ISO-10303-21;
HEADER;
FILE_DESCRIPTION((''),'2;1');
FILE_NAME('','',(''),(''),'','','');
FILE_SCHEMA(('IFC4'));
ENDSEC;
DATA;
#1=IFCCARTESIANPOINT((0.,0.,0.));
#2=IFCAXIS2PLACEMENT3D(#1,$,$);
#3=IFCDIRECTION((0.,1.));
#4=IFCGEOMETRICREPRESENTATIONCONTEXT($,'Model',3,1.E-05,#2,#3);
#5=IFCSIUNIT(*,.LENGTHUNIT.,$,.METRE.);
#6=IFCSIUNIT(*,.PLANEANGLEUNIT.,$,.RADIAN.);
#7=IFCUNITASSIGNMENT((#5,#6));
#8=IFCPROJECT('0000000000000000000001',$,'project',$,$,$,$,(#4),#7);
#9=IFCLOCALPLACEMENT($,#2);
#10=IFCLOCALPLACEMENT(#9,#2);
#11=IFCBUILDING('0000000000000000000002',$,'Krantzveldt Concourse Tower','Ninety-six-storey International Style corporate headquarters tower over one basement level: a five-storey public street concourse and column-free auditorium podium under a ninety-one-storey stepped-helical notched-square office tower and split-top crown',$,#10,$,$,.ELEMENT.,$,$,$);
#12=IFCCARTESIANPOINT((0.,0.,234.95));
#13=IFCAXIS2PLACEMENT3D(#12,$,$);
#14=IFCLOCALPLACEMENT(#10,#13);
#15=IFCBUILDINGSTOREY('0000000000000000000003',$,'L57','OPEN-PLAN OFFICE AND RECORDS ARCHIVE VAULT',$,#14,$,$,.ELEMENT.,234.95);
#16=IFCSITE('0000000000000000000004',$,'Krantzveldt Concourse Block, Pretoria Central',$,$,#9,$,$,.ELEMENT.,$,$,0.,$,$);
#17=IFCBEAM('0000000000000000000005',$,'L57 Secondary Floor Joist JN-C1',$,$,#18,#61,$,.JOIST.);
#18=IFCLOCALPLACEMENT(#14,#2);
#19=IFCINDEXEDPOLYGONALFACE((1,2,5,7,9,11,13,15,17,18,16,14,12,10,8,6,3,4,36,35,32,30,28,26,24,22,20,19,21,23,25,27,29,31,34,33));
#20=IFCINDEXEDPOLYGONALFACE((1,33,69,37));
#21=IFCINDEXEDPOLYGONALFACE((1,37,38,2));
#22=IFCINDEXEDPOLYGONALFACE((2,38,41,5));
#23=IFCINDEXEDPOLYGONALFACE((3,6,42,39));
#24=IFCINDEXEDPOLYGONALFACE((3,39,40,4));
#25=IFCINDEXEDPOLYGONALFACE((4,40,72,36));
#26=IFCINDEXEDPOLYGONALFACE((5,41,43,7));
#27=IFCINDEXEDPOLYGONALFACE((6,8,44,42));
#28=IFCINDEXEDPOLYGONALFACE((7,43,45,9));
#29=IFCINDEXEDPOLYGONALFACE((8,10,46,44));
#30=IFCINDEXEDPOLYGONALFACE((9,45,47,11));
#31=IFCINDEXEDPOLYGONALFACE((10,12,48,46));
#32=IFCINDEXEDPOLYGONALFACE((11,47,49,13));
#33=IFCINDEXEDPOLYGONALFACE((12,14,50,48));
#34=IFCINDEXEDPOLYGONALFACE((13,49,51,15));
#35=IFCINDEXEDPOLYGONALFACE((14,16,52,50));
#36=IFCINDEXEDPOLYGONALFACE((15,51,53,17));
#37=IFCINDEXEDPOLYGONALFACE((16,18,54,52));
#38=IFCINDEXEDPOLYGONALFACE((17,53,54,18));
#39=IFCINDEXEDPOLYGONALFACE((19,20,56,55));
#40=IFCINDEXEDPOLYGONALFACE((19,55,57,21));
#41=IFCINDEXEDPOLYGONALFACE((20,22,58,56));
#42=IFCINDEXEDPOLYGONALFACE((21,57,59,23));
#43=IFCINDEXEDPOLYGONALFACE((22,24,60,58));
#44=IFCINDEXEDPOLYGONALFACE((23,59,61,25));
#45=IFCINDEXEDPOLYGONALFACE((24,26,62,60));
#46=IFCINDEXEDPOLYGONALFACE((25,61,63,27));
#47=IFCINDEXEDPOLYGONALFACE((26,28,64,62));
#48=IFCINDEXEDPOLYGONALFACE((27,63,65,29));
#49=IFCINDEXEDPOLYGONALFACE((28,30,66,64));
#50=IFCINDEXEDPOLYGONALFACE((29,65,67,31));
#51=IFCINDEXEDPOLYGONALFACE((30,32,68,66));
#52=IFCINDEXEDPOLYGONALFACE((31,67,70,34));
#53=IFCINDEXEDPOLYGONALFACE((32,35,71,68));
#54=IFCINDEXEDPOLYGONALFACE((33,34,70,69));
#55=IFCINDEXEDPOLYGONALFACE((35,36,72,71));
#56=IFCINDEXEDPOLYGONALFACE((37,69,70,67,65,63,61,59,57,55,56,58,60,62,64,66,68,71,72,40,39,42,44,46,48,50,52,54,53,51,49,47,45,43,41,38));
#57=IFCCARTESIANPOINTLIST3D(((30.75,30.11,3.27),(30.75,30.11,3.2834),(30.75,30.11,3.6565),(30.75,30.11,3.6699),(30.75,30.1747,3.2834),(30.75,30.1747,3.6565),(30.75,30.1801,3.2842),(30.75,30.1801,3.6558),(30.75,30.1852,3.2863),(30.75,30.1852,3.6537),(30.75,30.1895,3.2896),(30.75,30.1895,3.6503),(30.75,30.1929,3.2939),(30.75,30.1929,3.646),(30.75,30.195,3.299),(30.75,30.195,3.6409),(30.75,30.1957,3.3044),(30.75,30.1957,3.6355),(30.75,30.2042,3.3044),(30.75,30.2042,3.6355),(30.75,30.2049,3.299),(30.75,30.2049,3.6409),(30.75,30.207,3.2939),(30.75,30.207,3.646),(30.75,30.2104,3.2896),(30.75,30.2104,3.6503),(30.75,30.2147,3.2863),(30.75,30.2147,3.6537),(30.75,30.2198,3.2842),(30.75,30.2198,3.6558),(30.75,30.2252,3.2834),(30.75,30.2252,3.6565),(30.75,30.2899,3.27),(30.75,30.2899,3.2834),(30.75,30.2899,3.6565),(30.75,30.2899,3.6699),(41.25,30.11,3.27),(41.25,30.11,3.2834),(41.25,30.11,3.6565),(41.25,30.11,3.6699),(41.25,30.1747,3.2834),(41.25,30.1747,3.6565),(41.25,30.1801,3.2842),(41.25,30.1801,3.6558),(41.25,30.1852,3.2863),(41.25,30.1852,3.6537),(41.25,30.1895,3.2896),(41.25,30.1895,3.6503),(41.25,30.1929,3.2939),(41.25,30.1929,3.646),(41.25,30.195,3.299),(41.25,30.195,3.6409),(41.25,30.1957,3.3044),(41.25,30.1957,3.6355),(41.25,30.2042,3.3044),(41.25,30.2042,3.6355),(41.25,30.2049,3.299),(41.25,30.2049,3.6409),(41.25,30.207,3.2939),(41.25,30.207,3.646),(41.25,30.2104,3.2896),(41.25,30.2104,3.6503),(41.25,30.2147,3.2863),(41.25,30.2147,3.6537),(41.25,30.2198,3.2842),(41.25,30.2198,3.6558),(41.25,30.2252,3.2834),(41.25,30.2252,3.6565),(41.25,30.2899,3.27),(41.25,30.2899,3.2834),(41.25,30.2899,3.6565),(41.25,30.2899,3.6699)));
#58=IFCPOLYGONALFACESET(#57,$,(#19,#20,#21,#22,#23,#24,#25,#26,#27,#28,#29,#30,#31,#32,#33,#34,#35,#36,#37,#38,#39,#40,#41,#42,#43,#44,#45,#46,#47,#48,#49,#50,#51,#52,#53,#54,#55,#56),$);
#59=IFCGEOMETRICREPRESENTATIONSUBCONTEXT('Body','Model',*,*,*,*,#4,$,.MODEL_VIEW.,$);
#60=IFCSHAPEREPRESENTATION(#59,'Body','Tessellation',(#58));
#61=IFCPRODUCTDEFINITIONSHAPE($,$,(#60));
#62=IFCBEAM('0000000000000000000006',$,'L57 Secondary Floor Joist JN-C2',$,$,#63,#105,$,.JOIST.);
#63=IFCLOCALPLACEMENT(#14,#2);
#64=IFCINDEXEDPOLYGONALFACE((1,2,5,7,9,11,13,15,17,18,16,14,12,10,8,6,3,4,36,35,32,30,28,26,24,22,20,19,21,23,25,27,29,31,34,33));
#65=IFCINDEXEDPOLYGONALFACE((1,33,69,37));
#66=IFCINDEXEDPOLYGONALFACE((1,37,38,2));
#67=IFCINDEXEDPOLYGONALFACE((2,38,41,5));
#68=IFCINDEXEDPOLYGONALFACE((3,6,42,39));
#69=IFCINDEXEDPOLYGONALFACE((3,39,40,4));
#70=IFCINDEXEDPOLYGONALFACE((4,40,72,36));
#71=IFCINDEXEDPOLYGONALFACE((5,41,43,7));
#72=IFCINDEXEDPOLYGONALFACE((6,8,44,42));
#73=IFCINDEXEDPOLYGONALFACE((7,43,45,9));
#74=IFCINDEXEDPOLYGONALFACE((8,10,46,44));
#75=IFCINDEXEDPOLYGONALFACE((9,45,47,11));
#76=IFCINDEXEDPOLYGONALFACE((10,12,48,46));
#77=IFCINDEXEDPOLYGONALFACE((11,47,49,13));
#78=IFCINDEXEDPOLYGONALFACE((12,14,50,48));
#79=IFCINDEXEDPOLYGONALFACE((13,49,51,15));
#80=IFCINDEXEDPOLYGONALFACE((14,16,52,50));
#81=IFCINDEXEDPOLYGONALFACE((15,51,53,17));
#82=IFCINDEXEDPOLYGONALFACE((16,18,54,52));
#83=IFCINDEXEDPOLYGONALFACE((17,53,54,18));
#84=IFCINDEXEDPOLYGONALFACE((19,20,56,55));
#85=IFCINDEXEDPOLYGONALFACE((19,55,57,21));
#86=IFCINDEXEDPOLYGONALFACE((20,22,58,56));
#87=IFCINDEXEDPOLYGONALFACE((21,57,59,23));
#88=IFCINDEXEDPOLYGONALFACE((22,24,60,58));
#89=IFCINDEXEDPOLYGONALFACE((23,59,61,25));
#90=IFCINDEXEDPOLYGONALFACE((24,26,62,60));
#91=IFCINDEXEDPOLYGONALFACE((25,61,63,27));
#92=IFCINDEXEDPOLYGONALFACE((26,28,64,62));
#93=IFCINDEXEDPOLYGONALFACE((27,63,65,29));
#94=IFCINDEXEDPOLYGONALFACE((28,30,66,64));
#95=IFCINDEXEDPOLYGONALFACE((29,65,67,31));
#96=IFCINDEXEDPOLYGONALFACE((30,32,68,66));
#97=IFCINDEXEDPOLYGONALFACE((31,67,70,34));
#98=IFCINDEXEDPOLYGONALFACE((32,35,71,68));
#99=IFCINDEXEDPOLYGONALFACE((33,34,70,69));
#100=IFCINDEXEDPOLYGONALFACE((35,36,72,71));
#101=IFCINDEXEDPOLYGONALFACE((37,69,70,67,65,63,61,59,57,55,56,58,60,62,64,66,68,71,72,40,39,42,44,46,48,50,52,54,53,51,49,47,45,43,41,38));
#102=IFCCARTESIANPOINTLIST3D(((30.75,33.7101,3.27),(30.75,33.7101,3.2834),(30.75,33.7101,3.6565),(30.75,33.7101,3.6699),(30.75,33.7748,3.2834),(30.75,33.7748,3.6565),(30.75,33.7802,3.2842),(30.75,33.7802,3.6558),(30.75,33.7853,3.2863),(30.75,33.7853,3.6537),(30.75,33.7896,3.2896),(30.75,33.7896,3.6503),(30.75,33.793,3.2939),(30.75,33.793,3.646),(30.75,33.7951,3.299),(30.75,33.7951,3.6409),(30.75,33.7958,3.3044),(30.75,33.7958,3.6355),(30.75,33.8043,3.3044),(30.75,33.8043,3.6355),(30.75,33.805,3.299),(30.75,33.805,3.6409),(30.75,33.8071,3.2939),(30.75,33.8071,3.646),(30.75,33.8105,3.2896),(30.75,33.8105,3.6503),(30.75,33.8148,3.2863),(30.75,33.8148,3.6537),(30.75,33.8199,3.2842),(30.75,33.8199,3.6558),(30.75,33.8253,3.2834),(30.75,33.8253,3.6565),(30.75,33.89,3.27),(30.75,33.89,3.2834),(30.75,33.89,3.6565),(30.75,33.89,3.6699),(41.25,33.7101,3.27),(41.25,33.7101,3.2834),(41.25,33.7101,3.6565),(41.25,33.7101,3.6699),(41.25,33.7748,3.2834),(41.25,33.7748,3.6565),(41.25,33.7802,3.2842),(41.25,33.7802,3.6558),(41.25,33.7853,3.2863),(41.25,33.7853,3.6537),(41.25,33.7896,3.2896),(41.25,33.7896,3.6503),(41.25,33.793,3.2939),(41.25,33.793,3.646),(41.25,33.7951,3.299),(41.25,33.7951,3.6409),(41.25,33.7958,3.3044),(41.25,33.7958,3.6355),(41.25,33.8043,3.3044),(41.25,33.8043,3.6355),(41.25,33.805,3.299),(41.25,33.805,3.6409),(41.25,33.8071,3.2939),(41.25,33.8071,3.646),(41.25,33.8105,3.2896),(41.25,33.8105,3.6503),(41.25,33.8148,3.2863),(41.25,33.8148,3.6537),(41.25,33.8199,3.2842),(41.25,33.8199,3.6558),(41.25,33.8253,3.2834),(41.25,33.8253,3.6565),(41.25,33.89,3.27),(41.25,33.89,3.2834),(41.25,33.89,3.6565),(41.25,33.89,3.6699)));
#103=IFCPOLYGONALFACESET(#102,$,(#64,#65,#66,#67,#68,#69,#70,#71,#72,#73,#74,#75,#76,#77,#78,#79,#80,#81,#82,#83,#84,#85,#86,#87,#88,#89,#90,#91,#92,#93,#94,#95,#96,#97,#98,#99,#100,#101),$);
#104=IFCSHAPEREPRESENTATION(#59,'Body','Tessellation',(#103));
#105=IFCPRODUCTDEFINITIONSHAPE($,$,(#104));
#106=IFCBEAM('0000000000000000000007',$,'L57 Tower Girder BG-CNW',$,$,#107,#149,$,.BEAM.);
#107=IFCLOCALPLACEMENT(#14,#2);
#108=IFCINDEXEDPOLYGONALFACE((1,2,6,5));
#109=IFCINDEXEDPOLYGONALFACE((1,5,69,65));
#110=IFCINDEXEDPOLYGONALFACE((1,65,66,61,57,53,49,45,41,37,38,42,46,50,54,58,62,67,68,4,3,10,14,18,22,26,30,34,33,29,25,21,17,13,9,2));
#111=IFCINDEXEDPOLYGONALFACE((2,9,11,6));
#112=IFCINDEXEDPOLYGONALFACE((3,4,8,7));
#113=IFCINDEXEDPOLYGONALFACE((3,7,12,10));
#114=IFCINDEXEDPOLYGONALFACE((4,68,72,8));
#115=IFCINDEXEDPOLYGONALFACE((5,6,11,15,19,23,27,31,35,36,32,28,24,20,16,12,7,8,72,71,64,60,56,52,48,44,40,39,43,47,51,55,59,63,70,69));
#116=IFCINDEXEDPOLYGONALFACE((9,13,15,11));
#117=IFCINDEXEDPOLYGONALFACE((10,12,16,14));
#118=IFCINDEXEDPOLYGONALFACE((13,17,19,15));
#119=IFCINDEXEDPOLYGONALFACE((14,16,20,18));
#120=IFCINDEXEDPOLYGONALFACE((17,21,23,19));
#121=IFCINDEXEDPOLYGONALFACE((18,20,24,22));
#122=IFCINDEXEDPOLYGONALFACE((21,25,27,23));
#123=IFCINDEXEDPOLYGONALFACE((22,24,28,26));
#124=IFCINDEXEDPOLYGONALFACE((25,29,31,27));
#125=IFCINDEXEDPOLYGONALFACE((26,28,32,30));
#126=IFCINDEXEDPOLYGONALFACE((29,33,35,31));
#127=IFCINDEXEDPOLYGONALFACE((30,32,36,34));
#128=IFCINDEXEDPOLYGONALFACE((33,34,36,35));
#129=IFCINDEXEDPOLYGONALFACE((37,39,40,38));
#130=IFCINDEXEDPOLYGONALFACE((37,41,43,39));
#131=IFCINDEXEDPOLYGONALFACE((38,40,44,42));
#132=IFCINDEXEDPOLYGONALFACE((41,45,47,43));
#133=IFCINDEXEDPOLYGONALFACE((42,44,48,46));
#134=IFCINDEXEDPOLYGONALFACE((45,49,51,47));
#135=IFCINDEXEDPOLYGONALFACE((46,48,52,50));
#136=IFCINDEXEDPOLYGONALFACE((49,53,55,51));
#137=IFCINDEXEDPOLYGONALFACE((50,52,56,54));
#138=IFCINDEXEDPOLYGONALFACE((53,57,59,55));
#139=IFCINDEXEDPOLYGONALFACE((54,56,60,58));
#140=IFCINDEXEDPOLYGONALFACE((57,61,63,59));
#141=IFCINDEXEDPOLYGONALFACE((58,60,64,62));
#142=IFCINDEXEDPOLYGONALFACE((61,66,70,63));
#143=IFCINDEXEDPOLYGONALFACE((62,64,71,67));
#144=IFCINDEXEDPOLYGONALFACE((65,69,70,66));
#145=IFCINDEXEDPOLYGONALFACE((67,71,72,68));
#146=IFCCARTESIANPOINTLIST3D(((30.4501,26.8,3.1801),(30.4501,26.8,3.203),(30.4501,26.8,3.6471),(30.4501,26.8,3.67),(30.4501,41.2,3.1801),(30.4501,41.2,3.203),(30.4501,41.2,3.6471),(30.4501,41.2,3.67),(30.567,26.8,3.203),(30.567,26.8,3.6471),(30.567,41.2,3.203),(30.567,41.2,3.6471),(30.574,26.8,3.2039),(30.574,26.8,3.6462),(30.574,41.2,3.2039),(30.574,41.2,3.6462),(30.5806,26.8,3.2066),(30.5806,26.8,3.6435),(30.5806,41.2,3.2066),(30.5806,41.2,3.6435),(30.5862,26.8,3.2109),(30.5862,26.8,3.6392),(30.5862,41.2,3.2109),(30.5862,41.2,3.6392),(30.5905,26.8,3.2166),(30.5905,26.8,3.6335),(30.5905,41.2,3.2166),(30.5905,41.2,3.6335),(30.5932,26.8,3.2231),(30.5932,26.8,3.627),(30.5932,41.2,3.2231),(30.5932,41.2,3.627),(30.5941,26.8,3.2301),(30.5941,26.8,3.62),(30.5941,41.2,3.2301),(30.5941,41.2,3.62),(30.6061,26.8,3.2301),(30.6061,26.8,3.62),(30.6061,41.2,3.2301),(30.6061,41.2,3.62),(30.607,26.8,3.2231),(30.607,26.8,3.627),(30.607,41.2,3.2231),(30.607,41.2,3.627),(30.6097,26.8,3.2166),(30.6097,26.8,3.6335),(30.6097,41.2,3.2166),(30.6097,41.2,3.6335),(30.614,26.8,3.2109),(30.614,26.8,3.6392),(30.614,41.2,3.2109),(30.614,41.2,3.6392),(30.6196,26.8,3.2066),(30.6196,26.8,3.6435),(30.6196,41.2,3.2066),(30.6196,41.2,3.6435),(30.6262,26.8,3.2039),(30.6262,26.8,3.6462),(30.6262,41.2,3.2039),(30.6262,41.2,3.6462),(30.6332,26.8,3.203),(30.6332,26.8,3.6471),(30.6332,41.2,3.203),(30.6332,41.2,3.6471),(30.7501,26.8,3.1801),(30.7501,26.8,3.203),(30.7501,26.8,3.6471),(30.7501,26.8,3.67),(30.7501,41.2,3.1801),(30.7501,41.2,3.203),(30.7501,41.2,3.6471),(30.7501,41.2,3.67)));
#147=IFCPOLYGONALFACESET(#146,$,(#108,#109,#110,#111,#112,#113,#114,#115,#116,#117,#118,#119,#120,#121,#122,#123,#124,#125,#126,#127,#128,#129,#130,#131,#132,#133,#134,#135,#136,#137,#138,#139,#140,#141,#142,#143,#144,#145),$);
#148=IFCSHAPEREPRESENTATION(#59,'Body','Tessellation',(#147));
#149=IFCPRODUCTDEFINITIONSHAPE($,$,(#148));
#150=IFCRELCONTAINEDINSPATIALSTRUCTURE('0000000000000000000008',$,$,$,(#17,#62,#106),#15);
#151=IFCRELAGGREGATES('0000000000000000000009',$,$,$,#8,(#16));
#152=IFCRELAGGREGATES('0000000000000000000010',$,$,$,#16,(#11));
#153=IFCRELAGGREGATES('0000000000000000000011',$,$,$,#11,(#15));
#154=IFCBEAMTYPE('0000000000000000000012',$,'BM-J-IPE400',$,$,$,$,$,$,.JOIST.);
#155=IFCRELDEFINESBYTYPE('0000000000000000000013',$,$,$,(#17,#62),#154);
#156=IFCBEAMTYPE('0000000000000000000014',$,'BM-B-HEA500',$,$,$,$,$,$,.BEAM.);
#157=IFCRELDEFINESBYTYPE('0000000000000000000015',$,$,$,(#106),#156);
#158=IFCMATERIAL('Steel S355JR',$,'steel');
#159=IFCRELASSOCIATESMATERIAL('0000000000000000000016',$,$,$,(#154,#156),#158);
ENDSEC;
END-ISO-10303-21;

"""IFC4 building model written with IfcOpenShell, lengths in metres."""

from ifc_helpers import new_model, si_unit, direction, frame, origin, origin_2d, place, context, subcontext, project, spatial, i_section, extrude, source, transform, mapped, material, material_profile, profile_set, type_object, type_shapes, element, save


model = new_model("IFC4")

# Units and contexts
model_context = context("Model", 3, precision=1e-05, world=origin(), true_north=direction((0.0, 1.0)))
body_context = subcontext(model_context, "Body", "Model", "MODEL_VIEW")
ifc_project = project(units=[si_unit("LENGTHUNIT", "METRE"), si_unit("PLANEANGLEUNIT", "RADIAN")], contexts=[model_context])

# Site, building, storey
site_placement = place(None, origin())
site = spatial("IfcSite", under=ifc_project, at=site_placement, Name="Krantzveldt Concourse Block, Pretoria Central", CompositionType="ELEMENT", RefElevation=0.0)
building_placement = place(site_placement, origin())
building = spatial("IfcBuilding", under=site, at=building_placement, Name="Krantzveldt Concourse Tower", Description="Ninety-six-storey International Style corporate headquarters tower over one basement level: a five-storey public street concourse and column-free auditorium podium under a ninety-one-storey stepped-helical notched-square office tower and split-top crown", CompositionType="ELEMENT")
storey_placement = place(building_placement, frame((0.0, 0.0, 234.95)))
storey = spatial("IfcBuildingStorey", under=building, at=storey_placement, Name="L57", Description="OPEN-PLAN OFFICE AND RECORDS ARCHIVE VAULT", CompositionType="ELEMENT", Elevation=234.95)

# Beams
ifc_material_1 = material(Name="Steel S355JR", Category="steel")
ifc_material_profile_1 = material_profile(ifc_material_1, i_section(OverallWidth=0.1799, OverallDepth=0.3999, WebThickness=0.0085, FlangeThickness=0.0134, FilletRadius=0.021, at=origin_2d()), Name="Steel S355JR", Category="steel")
ifc_profile_set_1 = profile_set([ifc_material_profile_1], Name="Steel S355JR - IPE 400")
beam_type_1 = type_object("IfcBeamType", Name="BM-J-IPE400", PredefinedType="JOIST", material=ifc_profile_set_1)
shared_shape_1 = source(origin(), body_context, "Body", "SweptSolid", [
    extrude(i_section(OverallWidth=0.1799, OverallDepth=0.3999, WebThickness=0.0085, FlangeThickness=0.0134, FilletRadius=0.021, at=origin_2d()), origin(), (0.0, 0.0, 1.0), 10.5),
])
type_shapes(beam_type_1, [shared_shape_1])
for number, where, z_axis, x_axis, name in (
    (1, (30.75, 30.2, 3.47), (1.0, 0.0, 0.0), (0.0, 1.0, 0.0), "L57 Secondary Floor Joist JN-C1"),
    (2, (30.75, 33.8, 3.47), (1.0, 0.0, 0.0), (0.0, 1.0, 0.0), "L57 Secondary Floor Joist JN-C2"),
):
    element("IfcBeam", number, at=place(storey_placement, frame(where, z_axis=z_axis, x_axis=x_axis)), inside=storey, type_object=beam_type_1, Name=name, PredefinedType="JOIST", context=body_context, shape_type="MappedRepresentation", body=[
        mapped(shared_shape_1, transform((0.0, 0.0, 0.0), x_axis=(1.0, 0.0, 0.0), y_axis=(0.0, 1.0, 0.0), z_axis=(0.0, 0.0, 1.0), scale=1.0)),
    ])
ifc_material_profile_2 = material_profile(ifc_material_1, i_section(OverallWidth=0.3, OverallDepth=0.49, WebThickness=0.012, FlangeThickness=0.0229, FilletRadius=0.0271, at=origin_2d()), Name="Steel S355JR", Category="steel")
ifc_profile_set_2 = profile_set([ifc_material_profile_2], Name="Steel S355JR - HEA 500")
beam_type_2 = type_object("IfcBeamType", Name="BM-B-HEA500", PredefinedType="BEAM", material=ifc_profile_set_2)
shared_shape_2 = source(origin(), body_context, "Body", "SweptSolid", [
    extrude(i_section(OverallWidth=0.3, OverallDepth=0.49, WebThickness=0.012, FlangeThickness=0.0229, FilletRadius=0.0271, at=origin_2d()), origin(), (0.0, 0.0, 1.0), 14.3999),
])
type_shapes(beam_type_2, [shared_shape_2])
beam_placement = place(storey_placement, frame((30.6001, 26.8, 3.425), z_axis=(0.0, 1.0, 0.0), x_axis=(-1.0, 0.0, 0.0)))
element("IfcBeam", 3, at=beam_placement, inside=storey, type_object=beam_type_2, Name="L57 Tower Girder BG-CNW", PredefinedType="BEAM", context=body_context, shape_type="MappedRepresentation", body=[
    mapped(shared_shape_2, transform((0.0, 0.0, 0.0), x_axis=(1.0, 0.0, 0.0), y_axis=(0.0, 1.0, 0.0), z_axis=(0.0, 0.0, 1.0), scale=1.0)),
])

save(model, "model.ifc")
